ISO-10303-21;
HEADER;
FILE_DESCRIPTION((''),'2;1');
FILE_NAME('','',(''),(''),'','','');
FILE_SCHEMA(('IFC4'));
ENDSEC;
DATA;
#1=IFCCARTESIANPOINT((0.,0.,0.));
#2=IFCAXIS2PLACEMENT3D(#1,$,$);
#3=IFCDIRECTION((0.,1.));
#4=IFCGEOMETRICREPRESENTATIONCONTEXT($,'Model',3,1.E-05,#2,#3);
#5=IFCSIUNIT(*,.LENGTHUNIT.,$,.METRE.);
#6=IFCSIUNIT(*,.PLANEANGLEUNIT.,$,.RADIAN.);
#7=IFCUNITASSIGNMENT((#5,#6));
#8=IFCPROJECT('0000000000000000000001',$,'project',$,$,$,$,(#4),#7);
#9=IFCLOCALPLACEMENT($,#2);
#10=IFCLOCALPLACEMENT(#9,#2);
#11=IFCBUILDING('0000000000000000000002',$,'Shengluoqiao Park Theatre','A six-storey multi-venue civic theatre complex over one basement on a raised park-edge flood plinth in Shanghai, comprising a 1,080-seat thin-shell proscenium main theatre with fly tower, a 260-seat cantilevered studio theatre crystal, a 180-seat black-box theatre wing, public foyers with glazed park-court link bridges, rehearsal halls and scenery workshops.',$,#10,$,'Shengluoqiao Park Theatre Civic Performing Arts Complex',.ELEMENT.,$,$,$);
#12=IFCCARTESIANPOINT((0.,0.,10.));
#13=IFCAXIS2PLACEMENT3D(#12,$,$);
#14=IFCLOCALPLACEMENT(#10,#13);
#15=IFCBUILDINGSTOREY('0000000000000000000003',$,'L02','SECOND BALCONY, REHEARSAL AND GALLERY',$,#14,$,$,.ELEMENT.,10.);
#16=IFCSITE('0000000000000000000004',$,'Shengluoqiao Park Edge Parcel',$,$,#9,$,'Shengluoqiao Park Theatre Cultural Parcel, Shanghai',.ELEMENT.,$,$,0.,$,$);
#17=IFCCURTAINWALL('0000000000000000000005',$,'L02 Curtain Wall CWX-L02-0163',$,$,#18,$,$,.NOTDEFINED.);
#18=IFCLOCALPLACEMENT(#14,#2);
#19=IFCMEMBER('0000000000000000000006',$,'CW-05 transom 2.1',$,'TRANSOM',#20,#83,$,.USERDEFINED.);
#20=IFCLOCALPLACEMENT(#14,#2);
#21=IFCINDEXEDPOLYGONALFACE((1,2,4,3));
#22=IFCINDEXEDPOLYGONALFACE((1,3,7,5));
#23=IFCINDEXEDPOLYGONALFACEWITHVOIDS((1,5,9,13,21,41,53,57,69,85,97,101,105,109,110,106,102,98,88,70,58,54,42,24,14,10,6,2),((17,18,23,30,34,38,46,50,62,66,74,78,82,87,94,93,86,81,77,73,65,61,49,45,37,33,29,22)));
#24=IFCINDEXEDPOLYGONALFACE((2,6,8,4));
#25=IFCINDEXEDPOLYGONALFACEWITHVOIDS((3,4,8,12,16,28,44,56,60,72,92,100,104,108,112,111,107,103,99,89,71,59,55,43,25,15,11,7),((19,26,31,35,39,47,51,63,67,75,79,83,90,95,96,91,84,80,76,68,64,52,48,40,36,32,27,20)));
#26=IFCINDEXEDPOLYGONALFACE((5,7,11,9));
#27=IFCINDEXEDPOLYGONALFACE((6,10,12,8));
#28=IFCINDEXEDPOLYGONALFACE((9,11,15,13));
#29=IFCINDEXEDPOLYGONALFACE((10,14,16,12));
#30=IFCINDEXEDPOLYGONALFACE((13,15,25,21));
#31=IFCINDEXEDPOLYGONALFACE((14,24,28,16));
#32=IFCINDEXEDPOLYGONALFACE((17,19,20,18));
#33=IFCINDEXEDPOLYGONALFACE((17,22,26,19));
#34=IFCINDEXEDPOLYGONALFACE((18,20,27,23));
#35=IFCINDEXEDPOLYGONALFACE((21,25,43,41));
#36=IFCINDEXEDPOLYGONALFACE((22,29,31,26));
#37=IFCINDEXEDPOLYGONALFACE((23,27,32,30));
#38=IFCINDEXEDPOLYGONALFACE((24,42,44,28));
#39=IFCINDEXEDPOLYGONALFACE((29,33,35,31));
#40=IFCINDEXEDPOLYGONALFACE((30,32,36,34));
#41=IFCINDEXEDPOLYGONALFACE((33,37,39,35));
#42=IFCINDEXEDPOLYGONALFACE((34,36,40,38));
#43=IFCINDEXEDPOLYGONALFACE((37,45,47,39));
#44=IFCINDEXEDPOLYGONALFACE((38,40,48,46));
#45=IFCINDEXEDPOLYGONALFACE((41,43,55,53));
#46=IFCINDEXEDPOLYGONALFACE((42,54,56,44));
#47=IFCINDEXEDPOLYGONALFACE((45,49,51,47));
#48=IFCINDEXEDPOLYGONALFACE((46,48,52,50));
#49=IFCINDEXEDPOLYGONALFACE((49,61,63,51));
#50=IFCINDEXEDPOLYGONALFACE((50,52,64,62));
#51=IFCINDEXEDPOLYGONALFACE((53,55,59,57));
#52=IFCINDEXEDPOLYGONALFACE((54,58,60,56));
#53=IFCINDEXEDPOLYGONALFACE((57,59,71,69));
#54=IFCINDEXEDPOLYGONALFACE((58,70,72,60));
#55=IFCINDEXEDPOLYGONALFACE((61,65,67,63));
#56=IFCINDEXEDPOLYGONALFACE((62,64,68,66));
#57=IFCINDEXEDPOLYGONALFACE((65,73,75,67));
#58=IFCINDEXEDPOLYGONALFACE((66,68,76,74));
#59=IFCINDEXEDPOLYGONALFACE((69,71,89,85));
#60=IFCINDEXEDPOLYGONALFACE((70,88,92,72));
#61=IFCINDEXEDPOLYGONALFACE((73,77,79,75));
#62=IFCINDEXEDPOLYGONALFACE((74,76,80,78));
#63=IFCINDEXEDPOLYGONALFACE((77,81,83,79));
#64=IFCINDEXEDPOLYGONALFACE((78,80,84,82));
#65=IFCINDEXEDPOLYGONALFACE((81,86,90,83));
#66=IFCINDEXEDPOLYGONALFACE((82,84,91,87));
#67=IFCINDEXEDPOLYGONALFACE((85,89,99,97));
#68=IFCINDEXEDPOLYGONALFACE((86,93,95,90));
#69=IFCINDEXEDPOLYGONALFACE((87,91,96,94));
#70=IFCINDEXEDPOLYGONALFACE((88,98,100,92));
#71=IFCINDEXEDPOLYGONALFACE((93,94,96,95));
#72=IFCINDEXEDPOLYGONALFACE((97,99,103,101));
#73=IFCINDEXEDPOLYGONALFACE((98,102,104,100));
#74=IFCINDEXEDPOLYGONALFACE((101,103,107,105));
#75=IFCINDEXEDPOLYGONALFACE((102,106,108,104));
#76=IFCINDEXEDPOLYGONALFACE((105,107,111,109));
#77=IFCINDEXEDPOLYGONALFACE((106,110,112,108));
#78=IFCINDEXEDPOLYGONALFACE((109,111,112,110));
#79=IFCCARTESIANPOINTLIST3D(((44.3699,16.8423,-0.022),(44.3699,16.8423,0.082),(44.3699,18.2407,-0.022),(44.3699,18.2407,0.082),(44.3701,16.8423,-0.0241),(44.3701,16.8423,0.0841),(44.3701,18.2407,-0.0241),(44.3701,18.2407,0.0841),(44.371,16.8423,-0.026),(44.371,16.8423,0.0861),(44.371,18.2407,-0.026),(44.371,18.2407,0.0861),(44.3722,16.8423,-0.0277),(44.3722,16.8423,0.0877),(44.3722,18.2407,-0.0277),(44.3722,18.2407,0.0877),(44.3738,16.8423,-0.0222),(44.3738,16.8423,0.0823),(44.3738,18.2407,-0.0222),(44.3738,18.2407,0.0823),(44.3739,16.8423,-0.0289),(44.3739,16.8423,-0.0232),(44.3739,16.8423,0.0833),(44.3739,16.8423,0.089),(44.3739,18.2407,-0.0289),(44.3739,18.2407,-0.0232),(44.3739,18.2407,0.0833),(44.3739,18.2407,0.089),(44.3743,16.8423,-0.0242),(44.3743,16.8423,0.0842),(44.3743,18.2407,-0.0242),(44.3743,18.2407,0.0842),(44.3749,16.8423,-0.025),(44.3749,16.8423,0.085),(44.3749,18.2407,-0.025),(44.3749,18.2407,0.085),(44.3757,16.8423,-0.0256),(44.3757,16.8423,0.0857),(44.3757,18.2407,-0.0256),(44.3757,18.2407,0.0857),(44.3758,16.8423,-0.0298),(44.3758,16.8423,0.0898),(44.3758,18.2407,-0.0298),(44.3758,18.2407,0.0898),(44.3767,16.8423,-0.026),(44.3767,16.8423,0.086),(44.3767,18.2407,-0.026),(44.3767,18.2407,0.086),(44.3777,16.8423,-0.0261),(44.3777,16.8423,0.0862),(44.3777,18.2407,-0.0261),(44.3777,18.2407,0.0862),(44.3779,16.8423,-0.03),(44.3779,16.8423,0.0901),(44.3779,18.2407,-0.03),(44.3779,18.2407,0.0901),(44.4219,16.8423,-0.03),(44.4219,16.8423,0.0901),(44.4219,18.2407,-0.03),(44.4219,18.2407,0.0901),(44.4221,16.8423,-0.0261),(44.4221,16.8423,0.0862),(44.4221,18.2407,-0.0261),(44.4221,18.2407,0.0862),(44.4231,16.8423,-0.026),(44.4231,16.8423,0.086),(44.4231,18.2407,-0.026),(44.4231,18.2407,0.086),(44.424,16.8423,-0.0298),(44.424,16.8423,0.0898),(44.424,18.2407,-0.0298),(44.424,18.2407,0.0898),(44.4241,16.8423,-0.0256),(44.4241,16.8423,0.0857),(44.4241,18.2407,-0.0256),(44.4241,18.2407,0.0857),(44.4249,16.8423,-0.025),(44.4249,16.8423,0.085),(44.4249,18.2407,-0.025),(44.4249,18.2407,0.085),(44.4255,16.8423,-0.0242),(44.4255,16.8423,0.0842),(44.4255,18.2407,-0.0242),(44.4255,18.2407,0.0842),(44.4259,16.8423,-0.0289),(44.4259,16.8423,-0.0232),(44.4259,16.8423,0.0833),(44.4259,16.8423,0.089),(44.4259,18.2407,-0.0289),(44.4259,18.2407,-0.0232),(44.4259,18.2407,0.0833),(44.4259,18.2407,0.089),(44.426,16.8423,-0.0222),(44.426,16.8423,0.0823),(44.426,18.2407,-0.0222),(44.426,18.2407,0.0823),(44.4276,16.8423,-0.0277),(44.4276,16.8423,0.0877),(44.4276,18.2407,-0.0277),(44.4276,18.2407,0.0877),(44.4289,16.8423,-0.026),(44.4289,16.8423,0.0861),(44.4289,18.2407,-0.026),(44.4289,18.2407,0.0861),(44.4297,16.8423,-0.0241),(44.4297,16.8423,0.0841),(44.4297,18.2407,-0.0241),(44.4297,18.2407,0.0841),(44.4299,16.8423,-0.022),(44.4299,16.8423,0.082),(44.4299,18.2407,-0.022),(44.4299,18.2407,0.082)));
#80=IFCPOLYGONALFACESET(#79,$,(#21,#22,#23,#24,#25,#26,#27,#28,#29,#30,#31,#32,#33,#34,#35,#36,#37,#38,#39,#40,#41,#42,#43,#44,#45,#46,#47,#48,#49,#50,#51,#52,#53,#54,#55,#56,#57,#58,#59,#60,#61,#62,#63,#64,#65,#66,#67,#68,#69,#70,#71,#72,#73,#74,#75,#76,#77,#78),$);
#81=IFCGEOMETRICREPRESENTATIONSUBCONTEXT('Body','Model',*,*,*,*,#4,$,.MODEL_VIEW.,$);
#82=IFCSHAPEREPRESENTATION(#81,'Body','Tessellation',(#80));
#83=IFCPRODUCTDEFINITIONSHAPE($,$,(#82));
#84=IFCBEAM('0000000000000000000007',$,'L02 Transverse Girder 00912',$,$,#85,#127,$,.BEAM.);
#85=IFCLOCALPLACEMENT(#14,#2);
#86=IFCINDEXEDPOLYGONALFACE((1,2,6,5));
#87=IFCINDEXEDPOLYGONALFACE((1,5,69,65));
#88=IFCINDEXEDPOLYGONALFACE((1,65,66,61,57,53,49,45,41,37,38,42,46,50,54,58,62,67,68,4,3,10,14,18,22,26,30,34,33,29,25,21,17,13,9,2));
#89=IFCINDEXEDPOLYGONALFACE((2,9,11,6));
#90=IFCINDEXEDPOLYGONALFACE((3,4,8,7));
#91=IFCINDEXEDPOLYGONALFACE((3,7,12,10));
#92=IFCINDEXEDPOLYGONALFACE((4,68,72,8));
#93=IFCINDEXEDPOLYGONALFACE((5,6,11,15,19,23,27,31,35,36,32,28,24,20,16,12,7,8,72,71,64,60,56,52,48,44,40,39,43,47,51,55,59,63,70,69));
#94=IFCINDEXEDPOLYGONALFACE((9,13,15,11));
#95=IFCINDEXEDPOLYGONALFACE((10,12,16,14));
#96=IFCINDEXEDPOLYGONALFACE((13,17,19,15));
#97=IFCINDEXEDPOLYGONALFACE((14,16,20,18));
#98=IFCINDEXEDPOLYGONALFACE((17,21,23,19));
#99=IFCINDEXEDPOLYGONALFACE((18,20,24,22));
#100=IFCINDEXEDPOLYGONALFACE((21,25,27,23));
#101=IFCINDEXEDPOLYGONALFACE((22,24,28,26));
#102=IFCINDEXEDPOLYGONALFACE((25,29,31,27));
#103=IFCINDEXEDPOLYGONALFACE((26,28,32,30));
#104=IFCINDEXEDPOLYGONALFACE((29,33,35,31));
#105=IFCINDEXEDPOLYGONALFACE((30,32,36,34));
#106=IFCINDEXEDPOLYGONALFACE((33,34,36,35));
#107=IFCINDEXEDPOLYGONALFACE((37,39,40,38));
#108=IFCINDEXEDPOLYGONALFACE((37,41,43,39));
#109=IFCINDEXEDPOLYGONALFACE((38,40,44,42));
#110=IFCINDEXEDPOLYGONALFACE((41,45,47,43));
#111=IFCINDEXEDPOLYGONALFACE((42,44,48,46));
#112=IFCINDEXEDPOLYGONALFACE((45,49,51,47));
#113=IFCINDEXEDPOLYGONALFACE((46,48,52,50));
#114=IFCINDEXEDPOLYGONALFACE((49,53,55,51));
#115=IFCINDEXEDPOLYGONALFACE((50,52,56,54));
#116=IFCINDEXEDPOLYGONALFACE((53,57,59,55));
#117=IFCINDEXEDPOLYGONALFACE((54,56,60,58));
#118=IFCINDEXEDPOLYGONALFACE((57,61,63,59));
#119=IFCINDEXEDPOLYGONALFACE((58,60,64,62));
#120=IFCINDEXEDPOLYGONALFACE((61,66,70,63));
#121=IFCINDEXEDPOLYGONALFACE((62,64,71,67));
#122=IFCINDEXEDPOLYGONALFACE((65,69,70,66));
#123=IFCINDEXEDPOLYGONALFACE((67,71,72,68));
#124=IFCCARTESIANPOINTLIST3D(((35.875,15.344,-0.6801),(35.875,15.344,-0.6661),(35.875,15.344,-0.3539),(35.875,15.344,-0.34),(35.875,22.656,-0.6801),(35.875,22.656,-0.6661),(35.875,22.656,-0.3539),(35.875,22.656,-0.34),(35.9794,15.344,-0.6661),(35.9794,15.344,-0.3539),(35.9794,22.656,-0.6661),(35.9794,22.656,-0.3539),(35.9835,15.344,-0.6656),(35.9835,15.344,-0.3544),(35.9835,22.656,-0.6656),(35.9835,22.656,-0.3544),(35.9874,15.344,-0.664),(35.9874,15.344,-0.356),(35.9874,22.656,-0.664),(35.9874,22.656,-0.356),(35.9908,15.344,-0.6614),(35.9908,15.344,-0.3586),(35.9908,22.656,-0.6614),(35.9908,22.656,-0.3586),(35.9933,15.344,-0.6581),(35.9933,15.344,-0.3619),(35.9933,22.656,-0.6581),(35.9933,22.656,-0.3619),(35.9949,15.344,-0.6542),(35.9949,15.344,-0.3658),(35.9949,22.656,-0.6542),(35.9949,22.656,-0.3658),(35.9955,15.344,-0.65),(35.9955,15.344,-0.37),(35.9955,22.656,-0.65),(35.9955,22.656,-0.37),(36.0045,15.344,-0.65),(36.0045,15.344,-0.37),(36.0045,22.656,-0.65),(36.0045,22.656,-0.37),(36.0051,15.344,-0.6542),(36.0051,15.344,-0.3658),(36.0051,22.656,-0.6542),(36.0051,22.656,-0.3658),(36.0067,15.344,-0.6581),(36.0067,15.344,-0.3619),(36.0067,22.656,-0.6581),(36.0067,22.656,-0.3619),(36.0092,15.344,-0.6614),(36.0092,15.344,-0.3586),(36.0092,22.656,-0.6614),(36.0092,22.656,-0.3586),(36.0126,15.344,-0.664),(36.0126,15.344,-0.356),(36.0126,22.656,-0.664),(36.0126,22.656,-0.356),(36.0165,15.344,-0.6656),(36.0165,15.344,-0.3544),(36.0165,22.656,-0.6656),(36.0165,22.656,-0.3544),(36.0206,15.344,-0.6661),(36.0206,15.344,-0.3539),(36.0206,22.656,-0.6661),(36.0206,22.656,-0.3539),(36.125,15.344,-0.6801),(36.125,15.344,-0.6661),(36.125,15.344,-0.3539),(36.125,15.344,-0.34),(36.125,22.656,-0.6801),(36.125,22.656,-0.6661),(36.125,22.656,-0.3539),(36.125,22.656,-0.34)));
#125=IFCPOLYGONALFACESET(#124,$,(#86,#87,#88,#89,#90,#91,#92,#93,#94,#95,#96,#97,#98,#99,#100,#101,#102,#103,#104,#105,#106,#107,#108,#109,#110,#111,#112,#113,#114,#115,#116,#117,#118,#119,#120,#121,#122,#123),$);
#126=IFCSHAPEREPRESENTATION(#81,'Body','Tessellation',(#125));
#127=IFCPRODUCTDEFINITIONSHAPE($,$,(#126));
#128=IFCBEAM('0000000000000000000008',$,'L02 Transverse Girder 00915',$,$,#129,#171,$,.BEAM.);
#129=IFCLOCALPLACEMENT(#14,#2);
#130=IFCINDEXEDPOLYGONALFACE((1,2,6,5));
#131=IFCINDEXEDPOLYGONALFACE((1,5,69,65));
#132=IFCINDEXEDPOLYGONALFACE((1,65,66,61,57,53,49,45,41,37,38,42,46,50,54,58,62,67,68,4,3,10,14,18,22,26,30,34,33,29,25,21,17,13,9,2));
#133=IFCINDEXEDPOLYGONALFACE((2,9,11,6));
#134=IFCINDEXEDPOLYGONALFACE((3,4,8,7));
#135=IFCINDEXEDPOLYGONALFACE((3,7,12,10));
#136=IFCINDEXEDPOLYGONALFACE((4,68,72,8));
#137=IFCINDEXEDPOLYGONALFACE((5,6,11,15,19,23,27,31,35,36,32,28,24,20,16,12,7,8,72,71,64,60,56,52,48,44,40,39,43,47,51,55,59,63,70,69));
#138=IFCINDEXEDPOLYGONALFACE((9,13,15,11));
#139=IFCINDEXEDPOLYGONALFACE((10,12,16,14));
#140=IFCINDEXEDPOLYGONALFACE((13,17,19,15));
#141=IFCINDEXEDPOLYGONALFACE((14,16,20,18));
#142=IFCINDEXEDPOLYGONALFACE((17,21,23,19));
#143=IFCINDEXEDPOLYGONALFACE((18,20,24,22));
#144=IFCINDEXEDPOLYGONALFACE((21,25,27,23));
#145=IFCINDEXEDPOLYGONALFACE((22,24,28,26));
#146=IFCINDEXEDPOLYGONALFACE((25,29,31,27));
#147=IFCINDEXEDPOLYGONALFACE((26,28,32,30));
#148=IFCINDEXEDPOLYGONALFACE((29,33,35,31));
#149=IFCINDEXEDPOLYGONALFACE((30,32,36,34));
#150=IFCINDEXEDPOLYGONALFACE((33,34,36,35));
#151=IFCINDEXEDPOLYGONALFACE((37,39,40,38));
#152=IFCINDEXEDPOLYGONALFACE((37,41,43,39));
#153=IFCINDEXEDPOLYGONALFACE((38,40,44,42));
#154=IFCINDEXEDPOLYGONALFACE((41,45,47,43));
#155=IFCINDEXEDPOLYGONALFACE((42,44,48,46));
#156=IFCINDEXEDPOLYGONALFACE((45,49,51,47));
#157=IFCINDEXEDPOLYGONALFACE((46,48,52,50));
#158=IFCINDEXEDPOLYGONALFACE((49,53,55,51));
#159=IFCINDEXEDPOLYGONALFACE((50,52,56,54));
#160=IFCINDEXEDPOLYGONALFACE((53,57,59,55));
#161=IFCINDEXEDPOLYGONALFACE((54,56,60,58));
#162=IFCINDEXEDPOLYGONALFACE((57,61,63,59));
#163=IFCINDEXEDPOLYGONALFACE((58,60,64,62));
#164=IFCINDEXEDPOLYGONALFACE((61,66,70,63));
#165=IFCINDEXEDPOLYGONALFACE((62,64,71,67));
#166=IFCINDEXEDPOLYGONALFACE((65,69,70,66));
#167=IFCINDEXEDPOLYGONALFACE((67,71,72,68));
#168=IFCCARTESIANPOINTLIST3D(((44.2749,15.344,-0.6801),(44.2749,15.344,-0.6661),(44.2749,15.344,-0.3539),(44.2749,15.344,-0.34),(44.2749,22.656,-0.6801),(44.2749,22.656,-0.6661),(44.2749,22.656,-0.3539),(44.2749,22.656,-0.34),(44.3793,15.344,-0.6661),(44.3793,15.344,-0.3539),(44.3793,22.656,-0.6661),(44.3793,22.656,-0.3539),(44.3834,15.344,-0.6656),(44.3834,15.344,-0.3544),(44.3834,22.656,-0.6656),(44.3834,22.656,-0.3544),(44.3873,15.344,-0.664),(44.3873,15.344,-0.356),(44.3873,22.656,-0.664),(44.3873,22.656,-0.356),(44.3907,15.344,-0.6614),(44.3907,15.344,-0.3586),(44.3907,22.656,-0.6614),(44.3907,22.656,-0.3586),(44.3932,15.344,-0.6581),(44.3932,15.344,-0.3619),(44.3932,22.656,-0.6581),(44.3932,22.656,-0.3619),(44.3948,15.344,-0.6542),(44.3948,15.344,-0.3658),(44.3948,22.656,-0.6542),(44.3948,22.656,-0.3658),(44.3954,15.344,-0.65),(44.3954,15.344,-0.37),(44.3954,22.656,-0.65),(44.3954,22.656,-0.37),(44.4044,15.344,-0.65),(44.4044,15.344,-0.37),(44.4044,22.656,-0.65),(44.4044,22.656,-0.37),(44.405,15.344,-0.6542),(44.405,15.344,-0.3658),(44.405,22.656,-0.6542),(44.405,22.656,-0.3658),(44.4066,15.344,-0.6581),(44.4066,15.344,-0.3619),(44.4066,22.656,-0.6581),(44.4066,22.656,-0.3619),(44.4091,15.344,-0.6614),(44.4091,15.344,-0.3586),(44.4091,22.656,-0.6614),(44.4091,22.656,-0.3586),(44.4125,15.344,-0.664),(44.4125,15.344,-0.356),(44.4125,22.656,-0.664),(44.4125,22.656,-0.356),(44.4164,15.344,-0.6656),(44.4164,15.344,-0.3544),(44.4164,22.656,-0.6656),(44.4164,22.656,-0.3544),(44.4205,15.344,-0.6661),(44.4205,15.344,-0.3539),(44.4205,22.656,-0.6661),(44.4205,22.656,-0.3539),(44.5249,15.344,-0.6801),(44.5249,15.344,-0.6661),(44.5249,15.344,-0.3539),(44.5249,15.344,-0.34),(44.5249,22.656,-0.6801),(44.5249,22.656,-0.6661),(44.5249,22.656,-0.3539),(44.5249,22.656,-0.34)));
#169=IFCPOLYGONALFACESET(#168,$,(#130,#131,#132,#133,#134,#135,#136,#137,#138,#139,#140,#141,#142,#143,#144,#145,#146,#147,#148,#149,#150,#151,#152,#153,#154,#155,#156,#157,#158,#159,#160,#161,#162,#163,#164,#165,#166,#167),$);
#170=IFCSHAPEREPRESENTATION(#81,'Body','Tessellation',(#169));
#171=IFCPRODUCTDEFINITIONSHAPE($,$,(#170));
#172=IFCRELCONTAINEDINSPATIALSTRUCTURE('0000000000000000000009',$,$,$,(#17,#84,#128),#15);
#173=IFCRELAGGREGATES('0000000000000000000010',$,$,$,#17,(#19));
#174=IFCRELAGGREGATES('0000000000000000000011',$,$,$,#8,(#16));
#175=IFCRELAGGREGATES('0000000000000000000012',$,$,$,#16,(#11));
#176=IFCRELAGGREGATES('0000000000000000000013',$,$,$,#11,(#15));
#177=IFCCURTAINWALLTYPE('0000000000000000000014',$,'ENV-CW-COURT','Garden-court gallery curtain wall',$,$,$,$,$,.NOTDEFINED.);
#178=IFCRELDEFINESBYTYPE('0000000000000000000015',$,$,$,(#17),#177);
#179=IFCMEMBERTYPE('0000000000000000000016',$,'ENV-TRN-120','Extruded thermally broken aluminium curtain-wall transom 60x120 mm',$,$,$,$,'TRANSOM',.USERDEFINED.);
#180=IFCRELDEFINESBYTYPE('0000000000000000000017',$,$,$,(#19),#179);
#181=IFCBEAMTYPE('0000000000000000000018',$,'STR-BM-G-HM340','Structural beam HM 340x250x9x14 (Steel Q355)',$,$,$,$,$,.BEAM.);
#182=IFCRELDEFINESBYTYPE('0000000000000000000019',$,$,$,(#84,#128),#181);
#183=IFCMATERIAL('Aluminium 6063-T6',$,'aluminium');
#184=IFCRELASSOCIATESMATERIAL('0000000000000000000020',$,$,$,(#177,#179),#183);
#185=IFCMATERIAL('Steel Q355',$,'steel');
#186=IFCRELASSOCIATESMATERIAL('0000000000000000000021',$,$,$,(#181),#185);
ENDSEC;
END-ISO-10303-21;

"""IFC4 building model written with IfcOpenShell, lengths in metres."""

from ifc_helpers import new_model, si_unit, direction, frame, origin, origin_2d, place, context, subcontext, project, spatial, hollow_rectangle, i_section, extrude, material, material_profile, profile_set, type_object, element, aggregate, save


model = new_model("IFC4")

# Units and contexts
model_context = context("Model", 3, precision=1e-05, world=origin(), true_north=direction((0.0, 1.0)))
body_context = subcontext(model_context, "Body", "Model", "MODEL_VIEW")
ifc_project = project(units=[si_unit("LENGTHUNIT", "METRE"), si_unit("PLANEANGLEUNIT", "RADIAN")], contexts=[model_context])

# Site, building, storey
site_placement = place(None, origin())
site = spatial("IfcSite", under=ifc_project, at=site_placement, Name="Shengluoqiao Park Edge Parcel", LongName="Shengluoqiao Park Theatre Cultural Parcel, Shanghai", CompositionType="ELEMENT", RefElevation=0.0)
building_placement = place(site_placement, origin())
building = spatial("IfcBuilding", under=site, at=building_placement, Name="Shengluoqiao Park Theatre", Description="A six-storey multi-venue civic theatre complex over one basement on a raised park-edge flood plinth in Shanghai, comprising a 1,080-seat thin-shell proscenium main theatre with fly tower, a 260-seat cantilevered studio theatre crystal, a 180-seat black-box theatre wing, public foyers with glazed park-court link bridges, rehearsal halls and scenery workshops.", LongName="Shengluoqiao Park Theatre Civic Performing Arts Complex", CompositionType="ELEMENT")
storey_placement = place(building_placement, frame((0.0, 0.0, 10.0)))
storey = spatial("IfcBuildingStorey", under=building, at=storey_placement, Name="L02", Description="SECOND BALCONY, REHEARSAL AND GALLERY", CompositionType="ELEMENT", Elevation=10.0)

# Shared definitions
ifc_material_1 = material(Name="Steel Q355", Category="steel")

# Shared definitions
ifc_material_2 = material(Name="Aluminium 6063-T6", Category="aluminium")
curtain_wall_type = type_object("IfcCurtainWallType", Name="ENV-CW-COURT", Description="Garden-court gallery curtain wall", PredefinedType="NOTDEFINED", material=ifc_material_2)

# Curtain wall
curtain_wall_1_placement = place(storey_placement, origin())
curtain_wall_1 = element("IfcCurtainWall", 1, at=curtain_wall_1_placement, inside=storey, type_object=curtain_wall_type, Name="L02 Curtain Wall CWX-L02-0163", PredefinedType="NOTDEFINED")

# Member
ifc_material_profile_1 = material_profile(ifc_material_2, hollow_rectangle(XDim=0.0601, YDim=0.1201, WallThickness=0.0039, InnerFilletRadius=0.0039, OuterFilletRadius=0.0081, at=origin_2d()), Name="ALU TRANSOM 120x60x4")
ifc_profile_set_1 = profile_set([ifc_material_profile_1], Name="Aluminium 6063-T6")
member_type_1 = type_object("IfcMemberType", Name="ENV-TRN-120", Description="Extruded thermally broken aluminium curtain-wall transom 60x120 mm", ElementType="TRANSOM", PredefinedType="USERDEFINED", material=ifc_profile_set_1)
member_1_placement = place(storey_placement, frame((44.3999, 16.8423, 0.03), z_axis=(0.0, 1.0, 0.0), x_axis=(-1.0, 0.0, 0.0)))
member_1 = element("IfcMember", 2, at=member_1_placement, type_object=member_type_1, Name="CW-05 transom 2.1", ObjectType="TRANSOM", PredefinedType="USERDEFINED", context=body_context, shape_type="SweptSolid", body=[
    extrude(hollow_rectangle(XDim=0.0601, YDim=0.1201, WallThickness=0.0039, InnerFilletRadius=0.0039, OuterFilletRadius=0.0081, at=origin_2d()), origin(), (0.0, 0.0, 1.0), 1.3984),
])

# Beams
ifc_material_profile_2 = material_profile(ifc_material_1, i_section(OverallWidth=0.25, OverallDepth=0.3401, WebThickness=0.009, FlangeThickness=0.0139, FilletRadius=0.0161, at=origin_2d()), Name="HM 340x250x9x14")
ifc_profile_set_2 = profile_set([ifc_material_profile_2], Name="Steel Q355")
beam_type_1 = type_object("IfcBeamType", Name="STR-BM-G-HM340", Description="Structural beam HM 340x250x9x14 (Steel Q355)", PredefinedType="BEAM", material=ifc_profile_set_2)
for number, where, z_axis, x_axis, name in (
    (3, (36.0, 15.344, -0.51), (0.0, 1.0, 0.0), (-1.0, 0.0, 0.0), "L02 Transverse Girder 00912"),
    (4, (44.3999, 15.344, -0.51), (0.0, 1.0, 0.0), (-1.0, 0.0, 0.0), "L02 Transverse Girder 00915"),
):
    element("IfcBeam", number, at=place(storey_placement, frame(where, z_axis=z_axis, x_axis=x_axis)), inside=storey, type_object=beam_type_1, Name=name, PredefinedType="BEAM", context=body_context, shape_type="SweptSolid", body=[
        extrude(i_section(OverallWidth=0.25, OverallDepth=0.3401, WebThickness=0.009, FlangeThickness=0.0139, FilletRadius=0.0161, at=origin_2d()), origin(), (0.0, 0.0, 1.0), 7.312),
    ])

aggregate(curtain_wall_1, [member_1])

save(model, "model.ifc")
